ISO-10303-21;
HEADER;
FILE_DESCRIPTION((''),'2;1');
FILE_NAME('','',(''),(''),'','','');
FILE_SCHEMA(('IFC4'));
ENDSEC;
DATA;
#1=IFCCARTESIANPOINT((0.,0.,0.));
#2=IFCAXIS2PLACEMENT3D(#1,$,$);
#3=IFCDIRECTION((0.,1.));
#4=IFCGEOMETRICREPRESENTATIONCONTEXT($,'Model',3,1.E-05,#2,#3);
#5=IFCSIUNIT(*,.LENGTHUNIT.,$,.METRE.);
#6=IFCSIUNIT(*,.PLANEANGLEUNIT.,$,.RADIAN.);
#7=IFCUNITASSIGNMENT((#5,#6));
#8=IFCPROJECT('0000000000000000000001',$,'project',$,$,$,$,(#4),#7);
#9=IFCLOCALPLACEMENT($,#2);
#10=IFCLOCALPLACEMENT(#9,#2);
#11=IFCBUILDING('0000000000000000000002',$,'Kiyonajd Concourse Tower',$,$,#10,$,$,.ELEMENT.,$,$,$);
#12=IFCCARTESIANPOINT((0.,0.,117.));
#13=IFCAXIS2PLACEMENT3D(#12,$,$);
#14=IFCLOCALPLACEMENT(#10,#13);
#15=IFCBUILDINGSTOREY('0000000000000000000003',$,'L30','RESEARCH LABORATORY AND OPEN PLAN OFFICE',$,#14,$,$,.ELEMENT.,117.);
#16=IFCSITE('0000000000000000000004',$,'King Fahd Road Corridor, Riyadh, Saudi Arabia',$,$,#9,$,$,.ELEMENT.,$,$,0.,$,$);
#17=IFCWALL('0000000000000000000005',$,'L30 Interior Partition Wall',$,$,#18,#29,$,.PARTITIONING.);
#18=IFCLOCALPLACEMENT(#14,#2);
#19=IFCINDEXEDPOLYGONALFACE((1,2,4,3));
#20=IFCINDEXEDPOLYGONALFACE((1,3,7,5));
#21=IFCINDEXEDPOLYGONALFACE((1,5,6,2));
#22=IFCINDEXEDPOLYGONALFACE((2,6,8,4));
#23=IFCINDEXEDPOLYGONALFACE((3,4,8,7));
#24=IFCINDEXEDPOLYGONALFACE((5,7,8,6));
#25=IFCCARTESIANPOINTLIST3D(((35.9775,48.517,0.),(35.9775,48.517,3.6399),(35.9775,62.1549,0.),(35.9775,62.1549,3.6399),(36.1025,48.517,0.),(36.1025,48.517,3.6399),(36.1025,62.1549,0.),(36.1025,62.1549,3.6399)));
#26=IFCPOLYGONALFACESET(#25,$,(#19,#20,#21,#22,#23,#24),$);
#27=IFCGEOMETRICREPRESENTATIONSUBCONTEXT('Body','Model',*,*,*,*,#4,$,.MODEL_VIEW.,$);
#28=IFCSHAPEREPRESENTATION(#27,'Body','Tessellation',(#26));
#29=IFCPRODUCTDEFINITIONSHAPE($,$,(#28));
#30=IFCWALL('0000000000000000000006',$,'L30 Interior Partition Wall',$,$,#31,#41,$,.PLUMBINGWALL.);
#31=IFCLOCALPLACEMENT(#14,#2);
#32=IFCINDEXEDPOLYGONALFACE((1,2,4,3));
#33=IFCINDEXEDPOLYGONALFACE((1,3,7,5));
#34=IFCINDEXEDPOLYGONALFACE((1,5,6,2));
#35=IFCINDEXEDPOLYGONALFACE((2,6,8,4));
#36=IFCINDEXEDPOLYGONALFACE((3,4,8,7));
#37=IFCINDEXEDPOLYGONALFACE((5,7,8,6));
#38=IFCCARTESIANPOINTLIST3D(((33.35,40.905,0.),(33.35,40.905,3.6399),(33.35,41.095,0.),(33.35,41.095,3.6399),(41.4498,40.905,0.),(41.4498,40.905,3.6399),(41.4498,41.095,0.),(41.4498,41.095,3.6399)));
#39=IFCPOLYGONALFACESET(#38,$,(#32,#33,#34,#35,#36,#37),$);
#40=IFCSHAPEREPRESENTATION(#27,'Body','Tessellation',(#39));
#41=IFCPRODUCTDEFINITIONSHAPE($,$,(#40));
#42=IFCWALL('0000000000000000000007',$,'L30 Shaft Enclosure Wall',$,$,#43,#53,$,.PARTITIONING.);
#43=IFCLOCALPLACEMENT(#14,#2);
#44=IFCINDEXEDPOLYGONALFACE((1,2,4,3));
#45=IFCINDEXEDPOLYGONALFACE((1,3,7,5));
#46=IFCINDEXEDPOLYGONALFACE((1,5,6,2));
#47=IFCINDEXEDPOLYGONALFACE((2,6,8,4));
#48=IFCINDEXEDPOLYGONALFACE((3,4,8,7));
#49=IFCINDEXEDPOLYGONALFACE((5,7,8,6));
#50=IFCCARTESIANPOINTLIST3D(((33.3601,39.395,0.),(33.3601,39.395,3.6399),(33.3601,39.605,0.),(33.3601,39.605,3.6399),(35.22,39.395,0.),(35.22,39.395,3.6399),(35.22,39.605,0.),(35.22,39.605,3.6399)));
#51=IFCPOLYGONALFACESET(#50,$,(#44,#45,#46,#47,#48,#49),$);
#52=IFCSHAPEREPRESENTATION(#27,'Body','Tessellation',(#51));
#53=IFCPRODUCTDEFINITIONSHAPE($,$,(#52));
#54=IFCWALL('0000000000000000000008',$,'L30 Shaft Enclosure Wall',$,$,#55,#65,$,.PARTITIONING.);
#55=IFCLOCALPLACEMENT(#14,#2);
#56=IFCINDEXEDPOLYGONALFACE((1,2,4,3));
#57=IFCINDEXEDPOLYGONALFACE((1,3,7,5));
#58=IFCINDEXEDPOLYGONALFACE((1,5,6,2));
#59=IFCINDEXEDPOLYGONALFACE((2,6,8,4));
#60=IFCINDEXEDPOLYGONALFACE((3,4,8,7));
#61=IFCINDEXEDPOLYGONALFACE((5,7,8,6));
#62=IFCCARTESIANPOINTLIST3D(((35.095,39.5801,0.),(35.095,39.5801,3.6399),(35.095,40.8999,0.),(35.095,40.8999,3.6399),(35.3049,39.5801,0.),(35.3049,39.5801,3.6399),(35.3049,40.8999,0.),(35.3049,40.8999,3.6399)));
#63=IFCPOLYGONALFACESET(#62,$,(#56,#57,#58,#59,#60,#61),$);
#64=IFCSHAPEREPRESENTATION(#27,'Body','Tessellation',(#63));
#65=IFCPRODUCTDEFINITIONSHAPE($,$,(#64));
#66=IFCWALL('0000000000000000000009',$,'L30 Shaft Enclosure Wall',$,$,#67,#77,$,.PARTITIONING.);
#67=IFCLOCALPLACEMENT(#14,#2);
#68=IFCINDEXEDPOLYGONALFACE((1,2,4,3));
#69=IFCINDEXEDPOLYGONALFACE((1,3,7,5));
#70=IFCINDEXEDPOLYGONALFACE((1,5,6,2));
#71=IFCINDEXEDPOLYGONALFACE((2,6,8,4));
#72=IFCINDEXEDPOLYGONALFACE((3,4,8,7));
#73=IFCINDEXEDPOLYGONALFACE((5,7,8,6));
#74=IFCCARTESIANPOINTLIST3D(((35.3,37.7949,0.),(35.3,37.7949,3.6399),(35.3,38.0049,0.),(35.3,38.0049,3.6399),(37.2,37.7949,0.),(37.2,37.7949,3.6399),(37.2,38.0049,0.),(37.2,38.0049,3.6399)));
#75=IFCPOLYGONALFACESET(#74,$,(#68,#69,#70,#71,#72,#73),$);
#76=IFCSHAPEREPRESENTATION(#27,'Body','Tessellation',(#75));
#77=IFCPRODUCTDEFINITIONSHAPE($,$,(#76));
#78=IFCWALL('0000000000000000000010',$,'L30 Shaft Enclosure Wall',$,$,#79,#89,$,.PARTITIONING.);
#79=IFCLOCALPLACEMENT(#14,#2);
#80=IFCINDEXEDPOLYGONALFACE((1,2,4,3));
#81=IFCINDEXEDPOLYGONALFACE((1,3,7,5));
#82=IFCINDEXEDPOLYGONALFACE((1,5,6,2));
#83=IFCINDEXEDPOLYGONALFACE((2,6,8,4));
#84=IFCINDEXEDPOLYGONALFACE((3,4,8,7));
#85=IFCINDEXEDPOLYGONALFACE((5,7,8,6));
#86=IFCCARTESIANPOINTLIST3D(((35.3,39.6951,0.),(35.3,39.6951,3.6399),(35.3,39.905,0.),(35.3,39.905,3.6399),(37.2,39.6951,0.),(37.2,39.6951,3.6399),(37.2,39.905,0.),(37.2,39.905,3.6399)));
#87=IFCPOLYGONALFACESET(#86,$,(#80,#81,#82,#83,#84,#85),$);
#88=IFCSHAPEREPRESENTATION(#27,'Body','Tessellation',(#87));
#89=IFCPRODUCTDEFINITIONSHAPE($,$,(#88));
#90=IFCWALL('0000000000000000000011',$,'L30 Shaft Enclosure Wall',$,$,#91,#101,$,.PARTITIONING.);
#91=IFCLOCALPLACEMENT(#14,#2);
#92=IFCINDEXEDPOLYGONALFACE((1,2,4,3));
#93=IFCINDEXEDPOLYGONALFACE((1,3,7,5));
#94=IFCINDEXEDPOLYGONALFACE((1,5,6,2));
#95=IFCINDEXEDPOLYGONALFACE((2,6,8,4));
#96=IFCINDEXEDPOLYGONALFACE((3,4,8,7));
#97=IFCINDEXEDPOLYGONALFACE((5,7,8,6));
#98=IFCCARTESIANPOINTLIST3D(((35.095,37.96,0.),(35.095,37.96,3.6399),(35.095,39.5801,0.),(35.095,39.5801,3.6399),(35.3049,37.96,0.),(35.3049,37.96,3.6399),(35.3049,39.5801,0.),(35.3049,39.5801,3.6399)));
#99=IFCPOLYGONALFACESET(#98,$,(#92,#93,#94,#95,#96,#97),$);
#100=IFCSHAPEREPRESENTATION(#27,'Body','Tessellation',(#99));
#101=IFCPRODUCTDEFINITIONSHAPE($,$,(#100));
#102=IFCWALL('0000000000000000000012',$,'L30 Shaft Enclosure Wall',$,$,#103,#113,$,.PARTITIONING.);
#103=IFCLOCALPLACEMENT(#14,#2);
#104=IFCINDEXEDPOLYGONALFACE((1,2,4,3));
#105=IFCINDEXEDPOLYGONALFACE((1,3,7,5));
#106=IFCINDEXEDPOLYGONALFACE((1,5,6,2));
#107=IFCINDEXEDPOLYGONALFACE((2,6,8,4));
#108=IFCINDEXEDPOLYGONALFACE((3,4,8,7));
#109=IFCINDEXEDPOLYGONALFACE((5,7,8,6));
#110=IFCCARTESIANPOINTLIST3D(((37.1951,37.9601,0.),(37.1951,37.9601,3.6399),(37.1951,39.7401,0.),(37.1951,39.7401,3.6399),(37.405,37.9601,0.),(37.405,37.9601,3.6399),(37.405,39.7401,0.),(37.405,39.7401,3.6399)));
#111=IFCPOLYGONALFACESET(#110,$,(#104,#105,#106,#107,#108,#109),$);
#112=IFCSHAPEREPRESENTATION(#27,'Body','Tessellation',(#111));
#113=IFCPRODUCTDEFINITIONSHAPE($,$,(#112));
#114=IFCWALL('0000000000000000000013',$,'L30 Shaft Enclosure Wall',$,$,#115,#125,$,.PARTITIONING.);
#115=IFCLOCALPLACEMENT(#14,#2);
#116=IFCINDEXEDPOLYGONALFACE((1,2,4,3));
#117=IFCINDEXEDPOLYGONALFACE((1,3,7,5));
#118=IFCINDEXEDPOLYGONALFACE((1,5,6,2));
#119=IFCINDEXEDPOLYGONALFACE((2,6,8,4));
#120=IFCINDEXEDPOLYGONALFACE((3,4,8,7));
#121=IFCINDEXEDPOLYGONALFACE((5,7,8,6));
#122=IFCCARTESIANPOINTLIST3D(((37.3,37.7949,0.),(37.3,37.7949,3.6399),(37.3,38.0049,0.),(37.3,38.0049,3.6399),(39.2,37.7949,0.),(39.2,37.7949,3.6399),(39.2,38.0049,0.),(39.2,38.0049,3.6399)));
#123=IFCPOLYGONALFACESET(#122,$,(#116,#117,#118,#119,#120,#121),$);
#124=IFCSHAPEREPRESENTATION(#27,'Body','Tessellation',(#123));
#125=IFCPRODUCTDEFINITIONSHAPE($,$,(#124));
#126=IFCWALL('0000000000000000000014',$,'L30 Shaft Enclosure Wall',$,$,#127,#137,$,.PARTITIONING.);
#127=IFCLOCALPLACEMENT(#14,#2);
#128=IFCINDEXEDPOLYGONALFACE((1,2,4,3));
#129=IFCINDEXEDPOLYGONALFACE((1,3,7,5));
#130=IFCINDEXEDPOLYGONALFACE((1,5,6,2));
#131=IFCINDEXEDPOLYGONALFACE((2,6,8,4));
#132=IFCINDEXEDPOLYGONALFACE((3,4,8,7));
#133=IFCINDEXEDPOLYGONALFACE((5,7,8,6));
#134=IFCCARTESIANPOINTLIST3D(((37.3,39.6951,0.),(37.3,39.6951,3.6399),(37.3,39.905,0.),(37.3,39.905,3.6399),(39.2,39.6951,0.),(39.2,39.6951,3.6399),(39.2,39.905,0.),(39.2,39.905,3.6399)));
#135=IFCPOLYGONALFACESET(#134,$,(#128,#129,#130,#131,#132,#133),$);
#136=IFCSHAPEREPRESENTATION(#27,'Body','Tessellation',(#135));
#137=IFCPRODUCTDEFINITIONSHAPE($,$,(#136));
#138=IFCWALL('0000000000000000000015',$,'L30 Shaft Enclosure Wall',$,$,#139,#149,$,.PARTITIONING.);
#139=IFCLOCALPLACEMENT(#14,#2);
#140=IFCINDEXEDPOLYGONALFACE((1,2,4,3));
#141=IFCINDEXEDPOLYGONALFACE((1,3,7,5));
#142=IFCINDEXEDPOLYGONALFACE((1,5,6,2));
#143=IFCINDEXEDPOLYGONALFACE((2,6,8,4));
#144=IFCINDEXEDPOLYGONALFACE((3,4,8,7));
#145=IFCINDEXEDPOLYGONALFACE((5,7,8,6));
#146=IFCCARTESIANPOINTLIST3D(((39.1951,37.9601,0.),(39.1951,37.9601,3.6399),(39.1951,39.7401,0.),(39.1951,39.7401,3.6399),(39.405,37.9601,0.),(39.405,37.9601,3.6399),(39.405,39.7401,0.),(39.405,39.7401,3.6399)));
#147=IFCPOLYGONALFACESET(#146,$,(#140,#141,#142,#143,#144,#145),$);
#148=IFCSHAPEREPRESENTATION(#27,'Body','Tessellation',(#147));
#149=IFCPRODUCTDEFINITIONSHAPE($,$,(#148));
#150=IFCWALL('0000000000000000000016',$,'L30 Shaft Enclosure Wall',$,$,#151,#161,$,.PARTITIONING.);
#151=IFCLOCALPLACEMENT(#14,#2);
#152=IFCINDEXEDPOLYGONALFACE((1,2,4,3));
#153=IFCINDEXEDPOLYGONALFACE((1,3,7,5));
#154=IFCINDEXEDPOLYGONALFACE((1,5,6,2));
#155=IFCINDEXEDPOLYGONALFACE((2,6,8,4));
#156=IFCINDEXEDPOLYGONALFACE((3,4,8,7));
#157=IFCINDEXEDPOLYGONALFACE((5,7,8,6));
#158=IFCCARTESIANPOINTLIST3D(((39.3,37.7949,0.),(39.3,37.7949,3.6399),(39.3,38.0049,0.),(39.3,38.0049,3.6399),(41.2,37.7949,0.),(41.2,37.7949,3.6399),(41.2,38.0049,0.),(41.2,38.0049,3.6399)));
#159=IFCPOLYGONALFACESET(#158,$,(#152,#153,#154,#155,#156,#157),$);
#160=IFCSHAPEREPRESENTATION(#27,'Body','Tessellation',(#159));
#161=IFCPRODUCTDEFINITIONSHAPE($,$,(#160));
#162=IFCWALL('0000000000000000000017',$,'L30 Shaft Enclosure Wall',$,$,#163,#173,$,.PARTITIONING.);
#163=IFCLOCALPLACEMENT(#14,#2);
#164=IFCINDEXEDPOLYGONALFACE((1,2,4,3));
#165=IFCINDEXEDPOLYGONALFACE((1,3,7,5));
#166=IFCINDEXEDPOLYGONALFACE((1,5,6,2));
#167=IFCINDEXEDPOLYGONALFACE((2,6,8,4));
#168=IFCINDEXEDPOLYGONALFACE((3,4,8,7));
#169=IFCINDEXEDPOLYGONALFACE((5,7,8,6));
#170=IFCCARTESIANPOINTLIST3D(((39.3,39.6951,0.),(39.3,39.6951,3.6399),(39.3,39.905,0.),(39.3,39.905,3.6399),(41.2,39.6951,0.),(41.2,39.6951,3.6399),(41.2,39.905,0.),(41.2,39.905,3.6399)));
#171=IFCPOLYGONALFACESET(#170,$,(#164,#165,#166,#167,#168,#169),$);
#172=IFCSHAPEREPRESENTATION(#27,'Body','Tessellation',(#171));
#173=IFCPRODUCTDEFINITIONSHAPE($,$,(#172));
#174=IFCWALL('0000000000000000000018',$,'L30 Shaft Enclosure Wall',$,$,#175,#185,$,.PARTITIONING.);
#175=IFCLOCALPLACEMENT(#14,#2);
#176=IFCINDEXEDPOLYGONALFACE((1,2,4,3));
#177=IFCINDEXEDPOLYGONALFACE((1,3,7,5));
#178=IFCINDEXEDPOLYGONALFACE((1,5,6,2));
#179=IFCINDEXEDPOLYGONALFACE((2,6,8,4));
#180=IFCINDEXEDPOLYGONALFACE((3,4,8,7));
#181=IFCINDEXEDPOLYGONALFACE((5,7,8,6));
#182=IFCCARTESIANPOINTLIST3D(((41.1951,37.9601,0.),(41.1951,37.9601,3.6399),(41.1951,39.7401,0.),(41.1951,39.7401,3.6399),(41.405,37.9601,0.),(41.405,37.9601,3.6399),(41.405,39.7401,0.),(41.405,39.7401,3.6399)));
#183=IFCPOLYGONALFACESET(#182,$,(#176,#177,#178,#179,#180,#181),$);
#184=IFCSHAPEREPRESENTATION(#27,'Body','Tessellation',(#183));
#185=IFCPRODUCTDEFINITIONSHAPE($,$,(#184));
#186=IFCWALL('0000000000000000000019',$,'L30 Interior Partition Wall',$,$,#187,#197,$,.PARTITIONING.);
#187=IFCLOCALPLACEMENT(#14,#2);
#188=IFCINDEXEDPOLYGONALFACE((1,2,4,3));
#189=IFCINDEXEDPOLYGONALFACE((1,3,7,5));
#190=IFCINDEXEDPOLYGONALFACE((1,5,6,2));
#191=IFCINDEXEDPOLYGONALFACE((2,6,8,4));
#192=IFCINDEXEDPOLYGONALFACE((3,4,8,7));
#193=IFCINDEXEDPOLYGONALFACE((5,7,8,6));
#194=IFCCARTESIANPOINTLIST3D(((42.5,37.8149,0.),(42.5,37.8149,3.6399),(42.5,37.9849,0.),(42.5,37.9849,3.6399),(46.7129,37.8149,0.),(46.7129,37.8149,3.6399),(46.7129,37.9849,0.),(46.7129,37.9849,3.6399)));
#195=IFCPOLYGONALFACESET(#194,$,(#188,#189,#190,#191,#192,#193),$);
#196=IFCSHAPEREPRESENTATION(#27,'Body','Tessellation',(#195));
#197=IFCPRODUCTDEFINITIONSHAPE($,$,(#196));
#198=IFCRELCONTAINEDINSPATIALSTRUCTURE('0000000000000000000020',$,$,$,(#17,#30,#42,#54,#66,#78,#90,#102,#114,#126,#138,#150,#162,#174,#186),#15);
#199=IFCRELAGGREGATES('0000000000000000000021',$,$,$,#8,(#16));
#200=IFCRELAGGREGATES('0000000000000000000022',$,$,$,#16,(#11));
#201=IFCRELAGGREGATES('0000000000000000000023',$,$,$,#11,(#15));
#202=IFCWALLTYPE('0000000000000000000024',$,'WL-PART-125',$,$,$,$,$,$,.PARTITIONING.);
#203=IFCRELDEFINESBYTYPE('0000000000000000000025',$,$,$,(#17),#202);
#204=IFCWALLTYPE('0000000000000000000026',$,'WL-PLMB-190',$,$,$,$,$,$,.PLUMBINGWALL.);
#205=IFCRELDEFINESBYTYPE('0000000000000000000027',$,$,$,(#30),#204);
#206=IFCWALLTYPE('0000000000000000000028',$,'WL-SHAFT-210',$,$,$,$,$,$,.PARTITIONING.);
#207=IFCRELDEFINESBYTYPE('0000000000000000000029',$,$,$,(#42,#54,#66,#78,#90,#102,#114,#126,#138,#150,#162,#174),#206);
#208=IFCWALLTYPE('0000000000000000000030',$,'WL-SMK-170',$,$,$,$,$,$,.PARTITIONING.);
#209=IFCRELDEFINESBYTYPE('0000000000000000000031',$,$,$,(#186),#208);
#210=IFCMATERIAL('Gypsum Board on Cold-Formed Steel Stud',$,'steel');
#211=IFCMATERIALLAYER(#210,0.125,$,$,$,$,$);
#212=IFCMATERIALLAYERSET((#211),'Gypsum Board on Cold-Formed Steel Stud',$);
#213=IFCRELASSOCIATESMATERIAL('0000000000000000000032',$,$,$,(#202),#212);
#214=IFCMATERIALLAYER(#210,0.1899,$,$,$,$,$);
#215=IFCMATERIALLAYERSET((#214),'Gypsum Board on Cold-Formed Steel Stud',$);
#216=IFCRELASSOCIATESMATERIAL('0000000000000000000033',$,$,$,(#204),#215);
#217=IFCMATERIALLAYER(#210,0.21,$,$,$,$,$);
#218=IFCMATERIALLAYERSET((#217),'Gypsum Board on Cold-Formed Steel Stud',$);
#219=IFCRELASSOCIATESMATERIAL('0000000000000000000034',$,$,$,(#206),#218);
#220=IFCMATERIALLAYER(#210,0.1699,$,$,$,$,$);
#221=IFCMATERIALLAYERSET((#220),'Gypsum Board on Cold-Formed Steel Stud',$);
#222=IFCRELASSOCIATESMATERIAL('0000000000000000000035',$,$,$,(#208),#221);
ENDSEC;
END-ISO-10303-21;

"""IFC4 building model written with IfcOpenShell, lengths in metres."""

from ifc_helpers import new_model, si_unit, direction, frame, frame_2d, origin, place, context, subcontext, project, spatial, rectangle, extrude, material, layer, layer_set, type_object, element, save


model = new_model("IFC4")

# Units and contexts
model_context = context("Model", 3, precision=1e-05, world=origin(), true_north=direction((0.0, 1.0)))
body_context = subcontext(model_context, "Body", "Model", "MODEL_VIEW")
ifc_project = project(units=[si_unit("LENGTHUNIT", "METRE"), si_unit("PLANEANGLEUNIT", "RADIAN")], contexts=[model_context])

# Site, building, storey
site_placement = place(None, origin())
site = spatial("IfcSite", under=ifc_project, at=site_placement, Name="King Fahd Road Corridor, Riyadh, Saudi Arabia", CompositionType="ELEMENT", RefElevation=0.0)
building_placement = place(site_placement, origin())
building = spatial("IfcBuilding", under=site, at=building_placement, Name="Kiyonajd Concourse Tower", CompositionType="ELEMENT")
storey_placement = place(building_placement, frame((0.0, 0.0, 117.0)))
storey = spatial("IfcBuildingStorey", under=building, at=storey_placement, Name="L30", Description="RESEARCH LABORATORY AND OPEN PLAN OFFICE", CompositionType="ELEMENT", Elevation=117.0)

# Walls
ifc_material_1 = material(Name="Gypsum Board on Cold-Formed Steel Stud", Category="steel")
ifc_layer_1 = layer(ifc_material_1, 0.125)
ifc_layer_set_1 = layer_set([ifc_layer_1], Name="Gypsum Board on Cold-Formed Steel Stud")
wall_type_1 = type_object("IfcWallType", Name="WL-PART-125", PredefinedType="PARTITIONING", material=ifc_layer_set_1)
wall_1_placement = place(storey_placement, frame((36.04, 48.5171, 0.0), z_axis=(0.0, 0.0, 1.0), x_axis=(0.0, 1.0, 0.0)))
element("IfcWall", 1, at=wall_1_placement, inside=storey, type_object=wall_type_1, Name="L30 Interior Partition Wall", PredefinedType="PARTITIONING", context=body_context, shape_type="SweptSolid", body=[
    extrude(rectangle(XDim=13.6379, YDim=0.125, at=frame_2d((6.8188, 0.0))), origin(), (0.0, 0.0, 1.0), 3.6399),
])
ifc_layer_2 = layer(ifc_material_1, 0.1899)
ifc_layer_set_2 = layer_set([ifc_layer_2], Name="Gypsum Board on Cold-Formed Steel Stud")
wall_type_2 = type_object("IfcWallType", Name="WL-PLMB-190", PredefinedType="PLUMBINGWALL", material=ifc_layer_set_2)
wall_2_placement = place(storey_placement, frame((33.3501, 41.0, 0.0), z_axis=(0.0, 0.0, 1.0), x_axis=(1.0, 0.0, 0.0)))
element("IfcWall", 2, at=wall_2_placement, inside=storey, type_object=wall_type_2, Name="L30 Interior Partition Wall", PredefinedType="PLUMBINGWALL", context=body_context, shape_type="SweptSolid", body=[
    extrude(rectangle(XDim=8.0999, YDim=0.1899, at=frame_2d((4.0498, 0.0))), origin(), (0.0, 0.0, 1.0), 3.6399),
])
ifc_layer_3 = layer(ifc_material_1, 0.21)
ifc_layer_set_3 = layer_set([ifc_layer_3], Name="Gypsum Board on Cold-Formed Steel Stud")
wall_type_3 = type_object("IfcWallType", Name="WL-SHAFT-210", PredefinedType="PARTITIONING", material=ifc_layer_set_3)
wall_3_placement = place(storey_placement, frame((33.3601, 39.5, 0.0), z_axis=(0.0, 0.0, 1.0), x_axis=(1.0, 0.0, 0.0)))
element("IfcWall", 3, at=wall_3_placement, inside=storey, type_object=wall_type_3, Name="L30 Shaft Enclosure Wall", PredefinedType="PARTITIONING", context=body_context, shape_type="SweptSolid", body=[
    extrude(rectangle(XDim=1.8599, YDim=0.21, at=frame_2d((0.9299, 0.0))), origin(), (0.0, 0.0, 1.0), 3.6399),
])
wall_4_placement = place(storey_placement, frame((35.2, 39.5801, 0.0), z_axis=(0.0, 0.0, 1.0), x_axis=(0.0, 1.0, 0.0)))
element("IfcWall", 4, at=wall_4_placement, inside=storey, type_object=wall_type_3, Name="L30 Shaft Enclosure Wall", PredefinedType="PARTITIONING", context=body_context, shape_type="SweptSolid", body=[
    extrude(rectangle(XDim=1.3198, YDim=0.21, at=frame_2d((0.6599, 0.0))), origin(), (0.0, 0.0, 1.0), 3.6399),
])
for number, where, z_axis, x_axis, name in (
    (5, (35.3, 37.8999, 0.0), (0.0, 0.0, 1.0), (1.0, 0.0, 0.0), "L30 Shaft Enclosure Wall"),
    (6, (35.3, 39.8, 0.0), (0.0, 0.0, 1.0), (1.0, 0.0, 0.0), "L30 Shaft Enclosure Wall"),
):
    element("IfcWall", number, at=place(storey_placement, frame(where, z_axis=z_axis, x_axis=x_axis)), inside=storey, type_object=wall_type_3, Name=name, PredefinedType="PARTITIONING", context=body_context, shape_type="SweptSolid", body=[
        extrude(rectangle(XDim=1.8999, YDim=0.21, at=frame_2d((0.95, 0.0))), origin(), (0.0, 0.0, 1.0), 3.6399),
    ])
wall_5_placement = place(storey_placement, frame((35.2, 37.96, 0.0), z_axis=(0.0, 0.0, 1.0), x_axis=(0.0, 1.0, 0.0)))
element("IfcWall", 7, at=wall_5_placement, inside=storey, type_object=wall_type_3, Name="L30 Shaft Enclosure Wall", PredefinedType="PARTITIONING", context=body_context, shape_type="SweptSolid", body=[
    extrude(rectangle(XDim=1.6201, YDim=0.21, at=frame_2d((0.8101, 0.0))), origin(), (0.0, 0.0, 1.0), 3.6399),
])
wall_6_placement = place(storey_placement, frame((37.3, 37.96, 0.0), z_axis=(0.0, 0.0, 1.0), x_axis=(0.0, 1.0, 0.0)))
element("IfcWall", 8, at=wall_6_placement, inside=storey, type_object=wall_type_3, Name="L30 Shaft Enclosure Wall", PredefinedType="PARTITIONING", context=body_context, shape_type="SweptSolid", body=[
    extrude(rectangle(XDim=1.78, YDim=0.21, at=frame_2d((0.8901, 0.0))), origin(), (0.0, 0.0, 1.0), 3.6399),
])
for number, where, z_axis, x_axis, name in (
    (9, (37.3, 37.8999, 0.0), (0.0, 0.0, 1.0), (1.0, 0.0, 0.0), "L30 Shaft Enclosure Wall"),
    (10, (37.3, 39.8, 0.0), (0.0, 0.0, 1.0), (1.0, 0.0, 0.0), "L30 Shaft Enclosure Wall"),
):
    element("IfcWall", number, at=place(storey_placement, frame(where, z_axis=z_axis, x_axis=x_axis)), inside=storey, type_object=wall_type_3, Name=name, PredefinedType="PARTITIONING", context=body_context, shape_type="SweptSolid", body=[
        extrude(rectangle(XDim=1.8999, YDim=0.21, at=frame_2d((0.95, 0.0))), origin(), (0.0, 0.0, 1.0), 3.6399),
    ])
wall_7_placement = place(storey_placement, frame((39.3, 37.96, 0.0), z_axis=(0.0, 0.0, 1.0), x_axis=(0.0, 1.0, 0.0)))
element("IfcWall", 11, at=wall_7_placement, inside=storey, type_object=wall_type_3, Name="L30 Shaft Enclosure Wall", PredefinedType="PARTITIONING", context=body_context, shape_type="SweptSolid", body=[
    extrude(rectangle(XDim=1.78, YDim=0.21, at=frame_2d((0.8901, 0.0))), origin(), (0.0, 0.0, 1.0), 3.6399),
])
for number, where, z_axis, x_axis, name in (
    (12, (39.3, 37.8999, 0.0), (0.0, 0.0, 1.0), (1.0, 0.0, 0.0), "L30 Shaft Enclosure Wall"),
    (13, (39.3, 39.8, 0.0), (0.0, 0.0, 1.0), (1.0, 0.0, 0.0), "L30 Shaft Enclosure Wall"),
):
    element("IfcWall", number, at=place(storey_placement, frame(where, z_axis=z_axis, x_axis=x_axis)), inside=storey, type_object=wall_type_3, Name=name, PredefinedType="PARTITIONING", context=body_context, shape_type="SweptSolid", body=[
        extrude(rectangle(XDim=1.8999, YDim=0.21, at=frame_2d((0.95, 0.0))), origin(), (0.0, 0.0, 1.0), 3.6399),
    ])
wall_8_placement = place(storey_placement, frame((41.3, 37.96, 0.0), z_axis=(0.0, 0.0, 1.0), x_axis=(0.0, 1.0, 0.0)))
element("IfcWall", 14, at=wall_8_placement, inside=storey, type_object=wall_type_3, Name="L30 Shaft Enclosure Wall", PredefinedType="PARTITIONING", context=body_context, shape_type="SweptSolid", body=[
    extrude(rectangle(XDim=1.78, YDim=0.21, at=frame_2d((0.8901, 0.0))), origin(), (0.0, 0.0, 1.0), 3.6399),
])
ifc_layer_4 = layer(ifc_material_1, 0.1699)
ifc_layer_set_4 = layer_set([ifc_layer_4], Name="Gypsum Board on Cold-Formed Steel Stud")
wall_type_4 = type_object("IfcWallType", Name="WL-SMK-170", PredefinedType="PARTITIONING", material=ifc_layer_set_4)
wall_9_placement = place(storey_placement, frame((42.5, 37.8999, 0.0), z_axis=(0.0, 0.0, 1.0), x_axis=(1.0, 0.0, 0.0)))
element("IfcWall", 15, at=wall_9_placement, inside=storey, type_object=wall_type_4, Name="L30 Interior Partition Wall", PredefinedType="PARTITIONING", context=body_context, shape_type="SweptSolid", body=[
    extrude(rectangle(XDim=4.2129, YDim=0.1699, at=frame_2d((2.1064, 0.0))), origin(), (0.0, 0.0, 1.0), 3.6399),
])

save(model, "model.ifc")
